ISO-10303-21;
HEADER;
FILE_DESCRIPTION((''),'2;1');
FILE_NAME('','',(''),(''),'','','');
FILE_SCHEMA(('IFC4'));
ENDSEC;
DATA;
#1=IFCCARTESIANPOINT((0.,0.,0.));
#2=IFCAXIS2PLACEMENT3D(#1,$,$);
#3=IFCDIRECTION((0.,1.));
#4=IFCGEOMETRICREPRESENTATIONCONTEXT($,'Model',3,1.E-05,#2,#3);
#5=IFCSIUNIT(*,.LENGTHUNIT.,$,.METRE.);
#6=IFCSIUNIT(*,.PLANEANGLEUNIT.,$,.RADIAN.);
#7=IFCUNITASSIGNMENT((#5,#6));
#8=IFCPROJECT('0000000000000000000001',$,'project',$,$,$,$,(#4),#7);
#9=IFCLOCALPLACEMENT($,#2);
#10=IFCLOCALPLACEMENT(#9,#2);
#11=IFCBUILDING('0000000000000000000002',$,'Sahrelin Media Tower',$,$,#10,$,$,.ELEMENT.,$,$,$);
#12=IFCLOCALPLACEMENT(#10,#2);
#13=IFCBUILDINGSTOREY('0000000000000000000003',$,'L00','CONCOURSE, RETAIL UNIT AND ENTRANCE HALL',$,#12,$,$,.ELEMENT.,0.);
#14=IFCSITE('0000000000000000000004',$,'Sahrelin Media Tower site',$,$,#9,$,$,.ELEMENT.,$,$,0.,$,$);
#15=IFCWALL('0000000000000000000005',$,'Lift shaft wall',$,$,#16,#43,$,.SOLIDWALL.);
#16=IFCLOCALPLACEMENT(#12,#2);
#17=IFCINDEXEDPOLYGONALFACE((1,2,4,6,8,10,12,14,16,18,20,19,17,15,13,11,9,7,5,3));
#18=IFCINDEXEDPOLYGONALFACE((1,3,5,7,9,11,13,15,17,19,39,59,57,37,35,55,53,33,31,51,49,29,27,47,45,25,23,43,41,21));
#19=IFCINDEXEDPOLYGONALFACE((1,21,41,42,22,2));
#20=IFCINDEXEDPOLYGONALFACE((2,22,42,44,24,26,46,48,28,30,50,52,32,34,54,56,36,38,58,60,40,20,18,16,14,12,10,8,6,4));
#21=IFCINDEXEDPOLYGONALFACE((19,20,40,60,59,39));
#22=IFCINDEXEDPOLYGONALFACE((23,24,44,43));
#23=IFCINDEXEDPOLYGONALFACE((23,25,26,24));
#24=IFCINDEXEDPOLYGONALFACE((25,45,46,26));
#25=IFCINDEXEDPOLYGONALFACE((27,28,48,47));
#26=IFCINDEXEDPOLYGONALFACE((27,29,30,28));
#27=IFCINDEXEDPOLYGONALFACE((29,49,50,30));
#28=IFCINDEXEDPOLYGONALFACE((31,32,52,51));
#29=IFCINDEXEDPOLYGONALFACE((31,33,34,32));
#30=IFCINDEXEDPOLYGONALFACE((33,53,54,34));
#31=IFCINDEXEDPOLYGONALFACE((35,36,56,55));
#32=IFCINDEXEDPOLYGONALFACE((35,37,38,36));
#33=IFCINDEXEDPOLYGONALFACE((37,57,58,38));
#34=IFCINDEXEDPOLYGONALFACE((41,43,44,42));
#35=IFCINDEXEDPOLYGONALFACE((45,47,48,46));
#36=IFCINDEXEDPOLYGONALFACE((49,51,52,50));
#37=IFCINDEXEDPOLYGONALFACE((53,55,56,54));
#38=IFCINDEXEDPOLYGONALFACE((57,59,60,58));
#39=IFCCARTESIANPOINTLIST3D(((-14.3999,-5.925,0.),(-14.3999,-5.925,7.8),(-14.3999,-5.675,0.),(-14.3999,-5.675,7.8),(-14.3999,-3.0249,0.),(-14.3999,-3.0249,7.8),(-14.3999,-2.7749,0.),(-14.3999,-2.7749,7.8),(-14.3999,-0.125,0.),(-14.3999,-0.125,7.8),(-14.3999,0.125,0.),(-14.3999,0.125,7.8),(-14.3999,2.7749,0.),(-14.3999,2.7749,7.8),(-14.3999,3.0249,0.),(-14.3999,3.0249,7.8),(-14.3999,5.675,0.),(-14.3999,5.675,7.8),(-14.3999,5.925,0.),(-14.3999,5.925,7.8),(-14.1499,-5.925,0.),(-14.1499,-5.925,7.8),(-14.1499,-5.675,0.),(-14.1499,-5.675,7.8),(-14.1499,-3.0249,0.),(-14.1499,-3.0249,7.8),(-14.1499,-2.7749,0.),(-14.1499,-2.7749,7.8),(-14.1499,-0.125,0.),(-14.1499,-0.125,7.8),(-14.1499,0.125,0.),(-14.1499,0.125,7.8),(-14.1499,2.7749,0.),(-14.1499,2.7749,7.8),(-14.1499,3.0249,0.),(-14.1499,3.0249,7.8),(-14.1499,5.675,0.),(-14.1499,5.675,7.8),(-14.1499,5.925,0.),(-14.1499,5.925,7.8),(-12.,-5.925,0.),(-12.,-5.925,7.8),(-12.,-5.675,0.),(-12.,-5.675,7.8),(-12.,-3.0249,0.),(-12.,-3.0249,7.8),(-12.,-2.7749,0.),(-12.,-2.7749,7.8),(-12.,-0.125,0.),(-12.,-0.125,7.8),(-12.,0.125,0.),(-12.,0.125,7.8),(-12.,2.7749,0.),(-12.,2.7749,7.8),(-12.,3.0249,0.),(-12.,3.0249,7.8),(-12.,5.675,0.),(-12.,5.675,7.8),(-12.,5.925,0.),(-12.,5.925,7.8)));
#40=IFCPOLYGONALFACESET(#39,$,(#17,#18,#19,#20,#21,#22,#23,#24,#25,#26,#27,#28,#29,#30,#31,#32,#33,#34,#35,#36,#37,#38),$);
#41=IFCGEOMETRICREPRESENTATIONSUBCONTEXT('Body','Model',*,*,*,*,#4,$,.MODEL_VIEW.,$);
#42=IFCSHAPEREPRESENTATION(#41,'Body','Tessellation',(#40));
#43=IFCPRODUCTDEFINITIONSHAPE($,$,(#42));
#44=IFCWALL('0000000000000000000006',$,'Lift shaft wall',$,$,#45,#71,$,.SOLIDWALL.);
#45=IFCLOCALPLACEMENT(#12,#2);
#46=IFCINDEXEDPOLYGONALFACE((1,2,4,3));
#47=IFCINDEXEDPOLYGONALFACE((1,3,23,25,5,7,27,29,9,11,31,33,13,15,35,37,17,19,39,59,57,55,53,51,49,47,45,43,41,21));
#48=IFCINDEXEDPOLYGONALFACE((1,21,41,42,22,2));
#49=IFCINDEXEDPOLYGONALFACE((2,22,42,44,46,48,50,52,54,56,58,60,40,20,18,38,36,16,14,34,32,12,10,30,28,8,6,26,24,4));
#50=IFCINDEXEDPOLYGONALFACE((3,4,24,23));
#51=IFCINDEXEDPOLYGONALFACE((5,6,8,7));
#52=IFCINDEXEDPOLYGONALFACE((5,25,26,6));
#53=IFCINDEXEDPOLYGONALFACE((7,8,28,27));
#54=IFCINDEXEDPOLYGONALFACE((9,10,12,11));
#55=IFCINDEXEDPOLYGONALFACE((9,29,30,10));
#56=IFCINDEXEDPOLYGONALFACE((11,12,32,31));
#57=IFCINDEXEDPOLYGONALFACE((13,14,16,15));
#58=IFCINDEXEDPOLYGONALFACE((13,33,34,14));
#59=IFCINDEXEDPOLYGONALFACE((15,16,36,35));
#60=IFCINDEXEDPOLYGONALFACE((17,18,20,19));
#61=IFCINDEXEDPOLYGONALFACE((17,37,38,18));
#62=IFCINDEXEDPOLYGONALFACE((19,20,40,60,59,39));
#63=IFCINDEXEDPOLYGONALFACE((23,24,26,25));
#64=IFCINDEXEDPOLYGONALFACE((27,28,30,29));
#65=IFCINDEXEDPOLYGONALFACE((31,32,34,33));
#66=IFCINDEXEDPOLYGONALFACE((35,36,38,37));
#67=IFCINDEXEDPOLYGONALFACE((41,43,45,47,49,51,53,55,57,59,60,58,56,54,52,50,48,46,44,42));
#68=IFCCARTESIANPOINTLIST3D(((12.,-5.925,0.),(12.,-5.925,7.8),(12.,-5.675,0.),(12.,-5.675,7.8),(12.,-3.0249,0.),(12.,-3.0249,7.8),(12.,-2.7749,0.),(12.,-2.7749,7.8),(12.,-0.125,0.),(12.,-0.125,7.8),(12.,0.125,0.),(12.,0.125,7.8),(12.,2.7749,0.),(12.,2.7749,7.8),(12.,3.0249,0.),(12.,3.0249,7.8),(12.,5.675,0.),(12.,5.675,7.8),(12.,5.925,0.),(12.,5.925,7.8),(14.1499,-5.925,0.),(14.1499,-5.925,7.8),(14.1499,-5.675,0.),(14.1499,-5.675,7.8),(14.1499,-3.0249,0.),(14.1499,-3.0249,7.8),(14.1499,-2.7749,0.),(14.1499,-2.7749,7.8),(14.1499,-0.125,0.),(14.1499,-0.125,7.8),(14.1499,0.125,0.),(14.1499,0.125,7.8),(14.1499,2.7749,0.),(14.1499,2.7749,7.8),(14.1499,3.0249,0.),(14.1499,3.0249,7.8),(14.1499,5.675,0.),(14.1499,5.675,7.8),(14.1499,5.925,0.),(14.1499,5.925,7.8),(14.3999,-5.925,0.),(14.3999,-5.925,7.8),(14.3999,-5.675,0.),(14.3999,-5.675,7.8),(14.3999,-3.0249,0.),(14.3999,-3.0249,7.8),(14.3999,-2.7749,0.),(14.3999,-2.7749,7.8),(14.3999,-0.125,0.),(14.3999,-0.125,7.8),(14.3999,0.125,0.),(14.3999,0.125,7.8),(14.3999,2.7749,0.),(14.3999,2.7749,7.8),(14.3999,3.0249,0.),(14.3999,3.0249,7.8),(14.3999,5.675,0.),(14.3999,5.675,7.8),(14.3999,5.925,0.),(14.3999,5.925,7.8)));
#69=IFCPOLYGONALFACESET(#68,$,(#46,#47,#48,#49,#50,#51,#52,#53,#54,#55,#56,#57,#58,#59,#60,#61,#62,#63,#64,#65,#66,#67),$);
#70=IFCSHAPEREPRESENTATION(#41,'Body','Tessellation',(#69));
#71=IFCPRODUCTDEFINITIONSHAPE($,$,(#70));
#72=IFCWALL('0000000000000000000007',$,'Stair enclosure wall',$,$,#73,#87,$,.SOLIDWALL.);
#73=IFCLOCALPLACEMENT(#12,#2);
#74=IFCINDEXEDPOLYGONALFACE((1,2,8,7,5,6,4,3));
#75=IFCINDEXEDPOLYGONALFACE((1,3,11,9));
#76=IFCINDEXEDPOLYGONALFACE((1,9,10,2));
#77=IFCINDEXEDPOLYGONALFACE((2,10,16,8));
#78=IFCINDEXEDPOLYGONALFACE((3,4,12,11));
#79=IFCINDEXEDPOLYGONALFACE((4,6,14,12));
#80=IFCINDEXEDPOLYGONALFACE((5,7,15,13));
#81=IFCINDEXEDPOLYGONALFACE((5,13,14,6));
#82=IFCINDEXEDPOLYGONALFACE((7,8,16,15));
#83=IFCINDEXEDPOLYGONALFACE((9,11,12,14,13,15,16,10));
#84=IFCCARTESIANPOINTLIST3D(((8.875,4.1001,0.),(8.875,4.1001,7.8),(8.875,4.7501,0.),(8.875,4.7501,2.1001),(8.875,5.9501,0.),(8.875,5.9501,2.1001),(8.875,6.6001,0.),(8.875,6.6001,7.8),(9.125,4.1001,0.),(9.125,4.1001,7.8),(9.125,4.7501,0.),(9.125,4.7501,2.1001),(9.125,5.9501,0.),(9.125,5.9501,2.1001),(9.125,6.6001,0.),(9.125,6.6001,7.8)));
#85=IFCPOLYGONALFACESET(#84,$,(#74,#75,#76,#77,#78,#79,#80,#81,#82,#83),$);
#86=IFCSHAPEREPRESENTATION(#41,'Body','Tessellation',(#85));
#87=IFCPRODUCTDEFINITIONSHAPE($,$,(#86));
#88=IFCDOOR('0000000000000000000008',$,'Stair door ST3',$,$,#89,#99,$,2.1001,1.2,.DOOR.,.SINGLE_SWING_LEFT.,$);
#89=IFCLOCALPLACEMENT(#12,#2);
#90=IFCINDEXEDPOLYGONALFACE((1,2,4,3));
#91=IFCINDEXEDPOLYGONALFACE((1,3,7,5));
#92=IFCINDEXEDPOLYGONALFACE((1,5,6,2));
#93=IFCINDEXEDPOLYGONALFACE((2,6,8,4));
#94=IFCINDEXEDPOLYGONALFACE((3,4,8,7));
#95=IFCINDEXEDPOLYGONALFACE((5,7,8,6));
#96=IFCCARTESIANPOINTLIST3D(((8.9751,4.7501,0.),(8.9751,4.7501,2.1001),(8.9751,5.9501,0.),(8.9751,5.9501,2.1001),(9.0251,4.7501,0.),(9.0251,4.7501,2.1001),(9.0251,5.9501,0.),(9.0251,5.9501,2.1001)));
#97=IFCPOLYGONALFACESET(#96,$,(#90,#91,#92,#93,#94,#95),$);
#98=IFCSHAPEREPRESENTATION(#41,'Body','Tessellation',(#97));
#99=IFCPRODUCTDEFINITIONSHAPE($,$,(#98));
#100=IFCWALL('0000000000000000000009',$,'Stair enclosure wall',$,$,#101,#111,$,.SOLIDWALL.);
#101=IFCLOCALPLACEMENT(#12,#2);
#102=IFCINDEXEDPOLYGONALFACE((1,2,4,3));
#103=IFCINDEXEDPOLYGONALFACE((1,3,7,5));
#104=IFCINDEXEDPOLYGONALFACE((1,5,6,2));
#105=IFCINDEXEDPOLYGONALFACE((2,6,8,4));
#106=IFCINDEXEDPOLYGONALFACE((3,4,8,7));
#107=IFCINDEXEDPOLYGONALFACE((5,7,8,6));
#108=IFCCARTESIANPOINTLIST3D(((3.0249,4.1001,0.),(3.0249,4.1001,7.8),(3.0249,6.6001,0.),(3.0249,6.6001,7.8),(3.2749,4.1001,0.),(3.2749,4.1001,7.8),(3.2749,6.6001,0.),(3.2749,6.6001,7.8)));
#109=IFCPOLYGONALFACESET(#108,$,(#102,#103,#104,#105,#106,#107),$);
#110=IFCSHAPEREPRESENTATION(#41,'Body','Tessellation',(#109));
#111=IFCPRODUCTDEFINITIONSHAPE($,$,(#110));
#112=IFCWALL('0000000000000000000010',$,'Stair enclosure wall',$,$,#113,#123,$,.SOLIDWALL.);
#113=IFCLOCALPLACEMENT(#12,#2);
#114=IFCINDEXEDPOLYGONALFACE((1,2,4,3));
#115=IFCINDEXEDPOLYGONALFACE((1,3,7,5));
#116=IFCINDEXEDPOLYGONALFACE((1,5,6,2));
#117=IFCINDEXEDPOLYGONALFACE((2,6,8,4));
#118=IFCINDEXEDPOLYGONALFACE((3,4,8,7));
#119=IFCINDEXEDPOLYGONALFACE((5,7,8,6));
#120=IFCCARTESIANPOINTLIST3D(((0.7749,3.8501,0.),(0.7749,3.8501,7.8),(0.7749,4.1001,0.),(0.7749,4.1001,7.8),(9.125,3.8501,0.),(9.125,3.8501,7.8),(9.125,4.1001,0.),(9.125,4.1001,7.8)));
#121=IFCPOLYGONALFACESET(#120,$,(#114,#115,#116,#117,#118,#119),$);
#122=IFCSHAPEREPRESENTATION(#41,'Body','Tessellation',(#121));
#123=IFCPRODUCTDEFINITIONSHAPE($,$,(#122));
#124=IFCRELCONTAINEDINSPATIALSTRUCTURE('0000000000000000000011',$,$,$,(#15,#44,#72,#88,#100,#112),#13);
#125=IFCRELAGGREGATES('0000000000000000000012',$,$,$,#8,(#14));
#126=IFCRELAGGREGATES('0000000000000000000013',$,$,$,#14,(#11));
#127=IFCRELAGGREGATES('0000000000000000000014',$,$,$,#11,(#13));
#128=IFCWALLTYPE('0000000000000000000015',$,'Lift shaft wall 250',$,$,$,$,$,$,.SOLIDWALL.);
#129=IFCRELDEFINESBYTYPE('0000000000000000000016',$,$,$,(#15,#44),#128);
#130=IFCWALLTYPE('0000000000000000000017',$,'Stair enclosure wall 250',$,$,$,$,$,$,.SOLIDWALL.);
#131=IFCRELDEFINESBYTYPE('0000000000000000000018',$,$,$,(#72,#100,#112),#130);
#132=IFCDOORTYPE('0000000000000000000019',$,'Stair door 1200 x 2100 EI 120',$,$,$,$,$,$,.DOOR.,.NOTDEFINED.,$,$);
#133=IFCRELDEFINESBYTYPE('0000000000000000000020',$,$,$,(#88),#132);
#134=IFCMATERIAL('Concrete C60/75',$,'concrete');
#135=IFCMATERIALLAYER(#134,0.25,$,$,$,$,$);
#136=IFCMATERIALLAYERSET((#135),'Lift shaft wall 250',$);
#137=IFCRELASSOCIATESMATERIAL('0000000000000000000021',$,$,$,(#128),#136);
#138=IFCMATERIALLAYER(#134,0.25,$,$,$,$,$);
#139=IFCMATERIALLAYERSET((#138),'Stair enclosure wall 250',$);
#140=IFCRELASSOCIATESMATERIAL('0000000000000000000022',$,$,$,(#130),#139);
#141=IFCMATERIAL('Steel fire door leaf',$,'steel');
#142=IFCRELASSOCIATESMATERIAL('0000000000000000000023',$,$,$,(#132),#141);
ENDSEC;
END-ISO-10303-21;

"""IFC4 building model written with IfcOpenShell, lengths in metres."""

from ifc_helpers import new_model, si_unit, direction, frame, frame_2d, origin, place, context, subcontext, project, spatial, polyline, rectangle, outline, extrude, material, layer, layer_set, type_object, element, fill, save


model = new_model("IFC4")

# Units and contexts
model_context = context("Model", 3, precision=1e-05, world=origin(), true_north=direction((0.0, 1.0)))
body_context = subcontext(model_context, "Body", "Model", "MODEL_VIEW")
ifc_project = project(units=[si_unit("LENGTHUNIT", "METRE"), si_unit("PLANEANGLEUNIT", "RADIAN")], contexts=[model_context])

# Site, building, storey
site_placement = place(None, origin())
site = spatial("IfcSite", under=ifc_project, at=site_placement, Name="Sahrelin Media Tower site", CompositionType="ELEMENT", RefElevation=0.0)
building_placement = place(site_placement, origin())
building = spatial("IfcBuilding", under=site, at=building_placement, Name="Sahrelin Media Tower", CompositionType="ELEMENT")
storey_placement = place(building_placement, origin())
storey = spatial("IfcBuildingStorey", under=building, at=storey_placement, Name="L00", Description="CONCOURSE, RETAIL UNIT AND ENTRANCE HALL", CompositionType="ELEMENT", Elevation=0.0)

# Shared definitions
placement_1 = place(storey_placement, origin())

# Shared definitions
ifc_material_1 = material(Name="Concrete C60/75", Category="concrete")
ifc_layer_1 = layer(ifc_material_1, 0.25)
ifc_layer_set_1 = layer_set([ifc_layer_1], Name="Lift shaft wall 250")
wall_type_1 = type_object("IfcWallType", Name="Lift shaft wall 250", PredefinedType="SOLIDWALL", material=ifc_layer_set_1)
ifc_material_2 = material(Name="Steel fire door leaf", Category="steel")

# Walls
element("IfcWall", 1, at=placement_1, inside=storey, type_object=wall_type_1, Name="Lift shaft wall", PredefinedType="SOLIDWALL", context=body_context, shape_type="SweptSolid", body=[
    extrude(outline(polyline([(-12.0, -5.925), (-12.0, -5.675), (-14.1499, -5.675), (-14.1499, -3.0249), (-12.0, -3.0249), (-12.0, -2.7749), (-14.1499, -2.7749), (-14.1499, -0.125), (-12.0, -0.125), (-12.0, 0.125), (-14.1499, 0.125), (-14.1499, 2.7749), (-12.0, 2.7749), (-12.0, 3.0249), (-14.1499, 3.0249), (-14.1499, 5.675), (-12.0, 5.675), (-12.0, 5.925), (-14.1499, 5.925), (-14.3999, 5.925), (-14.3999, 5.675), (-14.3999, 3.0249), (-14.3999, 2.7749), (-14.3999, 0.125), (-14.3999, -0.125), (-14.3999, -2.7749), (-14.3999, -3.0249), (-14.3999, -5.675), (-14.3999, -5.925), (-14.1499, -5.925), (-12.0, -5.925)])), origin(), (0.0, 0.0, 1.0), 7.8),
])
element("IfcWall", 2, at=placement_1, inside=storey, type_object=wall_type_1, Name="Lift shaft wall", PredefinedType="SOLIDWALL", context=body_context, shape_type="SweptSolid", body=[
    extrude(outline(polyline([(12.0, -5.675), (12.0, -5.925), (14.1499, -5.925), (14.3999, -5.925), (14.3999, -5.675), (14.3999, -3.0249), (14.3999, -2.7749), (14.3999, -0.125), (14.3999, 0.125), (14.3999, 2.7749), (14.3999, 3.0249), (14.3999, 5.675), (14.3999, 5.925), (14.1499, 5.925), (12.0, 5.925), (12.0, 5.675), (14.1499, 5.675), (14.1499, 3.0249), (12.0, 3.0249), (12.0, 2.7749), (14.1499, 2.7749), (14.1499, 0.125), (12.0, 0.125), (12.0, -0.125), (14.1499, -0.125), (14.1499, -2.7749), (12.0, -2.7749), (12.0, -3.0249), (14.1499, -3.0249), (14.1499, -5.675), (12.0, -5.675)])), origin(), (0.0, 0.0, 1.0), 7.8),
])

# Wall, opening, door
ifc_layer_2 = layer(ifc_material_1, 0.25)
ifc_layer_set_2 = layer_set([ifc_layer_2], Name="Stair enclosure wall 250")
wall_type_2 = type_object("IfcWallType", Name="Stair enclosure wall 250", PredefinedType="SOLIDWALL", material=ifc_layer_set_2)
wall_1_placement = place(storey_placement, frame((9.0, 4.1001, 0.0), z_axis=(0.0, 0.0, 1.0), x_axis=(0.0, 1.0, 0.0)))
wall_1 = element("IfcWall", 3, at=wall_1_placement, inside=storey, type_object=wall_type_2, Name="Stair enclosure wall", PredefinedType="SOLIDWALL", context=body_context, shape_type="SweptSolid", body=[
    extrude(rectangle(XDim=2.5, YDim=0.25, at=frame_2d((1.25, 0.0))), origin(), (0.0, 0.0, 1.0), 7.8),
])
opening_1_placement = place(wall_1_placement, frame((0.6499, 0.0, 0.0)))
opening_1 = element("IfcOpeningElement", 4, at=opening_1_placement, cuts=wall_1, PredefinedType="OPENING", context=body_context, shape_type="SweptSolid", body=[
    extrude(rectangle(XDim=1.2, YDim=2.1001, at=frame_2d((0.6001, 1.05))), frame((0.0, 0.125, 0.0), z_axis=(0.0, -1.0, 0.0), x_axis=(1.0, 0.0, 0.0)), (0.0, 0.0, 1.0), 0.25),
])
door_type_1 = type_object("IfcDoorType", Name="Stair door 1200 x 2100 EI 120", OperationType="NOTDEFINED", PredefinedType="DOOR", material=ifc_material_2)
door_1_placement = place(opening_1_placement, origin())
door_1 = element("IfcDoor", 5, at=door_1_placement, inside=storey, type_object=door_type_1, Name="Stair door ST3", OperationType="SINGLE_SWING_LEFT", OverallHeight=2.1001, OverallWidth=1.2, PredefinedType="DOOR", context=body_context, shape_type="SweptSolid", body=[
    extrude(rectangle(XDim=1.2, YDim=2.1001, at=frame_2d((0.6001, 1.05))), frame((0.0, 0.0249, 0.0), z_axis=(0.0, -1.0, 0.0), x_axis=(1.0, 0.0, 0.0)), (0.0, 0.0, 1.0), 0.05),
])
fill(opening_1, door_1)

# Walls
wall_2_placement = place(storey_placement, frame((3.1499, 4.1001, 0.0), z_axis=(0.0, 0.0, 1.0), x_axis=(0.0, 1.0, 0.0)))
element("IfcWall", 6, at=wall_2_placement, inside=storey, type_object=wall_type_2, Name="Stair enclosure wall", PredefinedType="SOLIDWALL", context=body_context, shape_type="SweptSolid", body=[
    extrude(rectangle(XDim=2.5, YDim=0.25, at=frame_2d((1.25, 0.0))), origin(), (0.0, 0.0, 1.0), 7.8),
])
wall_3_placement = place(storey_placement, frame((0.7749, 3.9751, 0.0), z_axis=(0.0, 0.0, 1.0), x_axis=(1.0, 0.0, 0.0)))
element("IfcWall", 7, at=wall_3_placement, inside=storey, type_object=wall_type_2, Name="Stair enclosure wall", PredefinedType="SOLIDWALL", context=body_context, shape_type="SweptSolid", body=[
    extrude(rectangle(XDim=8.3501, YDim=0.25, at=frame_2d((4.175, 0.0))), origin(), (0.0, 0.0, 1.0), 7.8),
])

save(model, "model.ifc")
